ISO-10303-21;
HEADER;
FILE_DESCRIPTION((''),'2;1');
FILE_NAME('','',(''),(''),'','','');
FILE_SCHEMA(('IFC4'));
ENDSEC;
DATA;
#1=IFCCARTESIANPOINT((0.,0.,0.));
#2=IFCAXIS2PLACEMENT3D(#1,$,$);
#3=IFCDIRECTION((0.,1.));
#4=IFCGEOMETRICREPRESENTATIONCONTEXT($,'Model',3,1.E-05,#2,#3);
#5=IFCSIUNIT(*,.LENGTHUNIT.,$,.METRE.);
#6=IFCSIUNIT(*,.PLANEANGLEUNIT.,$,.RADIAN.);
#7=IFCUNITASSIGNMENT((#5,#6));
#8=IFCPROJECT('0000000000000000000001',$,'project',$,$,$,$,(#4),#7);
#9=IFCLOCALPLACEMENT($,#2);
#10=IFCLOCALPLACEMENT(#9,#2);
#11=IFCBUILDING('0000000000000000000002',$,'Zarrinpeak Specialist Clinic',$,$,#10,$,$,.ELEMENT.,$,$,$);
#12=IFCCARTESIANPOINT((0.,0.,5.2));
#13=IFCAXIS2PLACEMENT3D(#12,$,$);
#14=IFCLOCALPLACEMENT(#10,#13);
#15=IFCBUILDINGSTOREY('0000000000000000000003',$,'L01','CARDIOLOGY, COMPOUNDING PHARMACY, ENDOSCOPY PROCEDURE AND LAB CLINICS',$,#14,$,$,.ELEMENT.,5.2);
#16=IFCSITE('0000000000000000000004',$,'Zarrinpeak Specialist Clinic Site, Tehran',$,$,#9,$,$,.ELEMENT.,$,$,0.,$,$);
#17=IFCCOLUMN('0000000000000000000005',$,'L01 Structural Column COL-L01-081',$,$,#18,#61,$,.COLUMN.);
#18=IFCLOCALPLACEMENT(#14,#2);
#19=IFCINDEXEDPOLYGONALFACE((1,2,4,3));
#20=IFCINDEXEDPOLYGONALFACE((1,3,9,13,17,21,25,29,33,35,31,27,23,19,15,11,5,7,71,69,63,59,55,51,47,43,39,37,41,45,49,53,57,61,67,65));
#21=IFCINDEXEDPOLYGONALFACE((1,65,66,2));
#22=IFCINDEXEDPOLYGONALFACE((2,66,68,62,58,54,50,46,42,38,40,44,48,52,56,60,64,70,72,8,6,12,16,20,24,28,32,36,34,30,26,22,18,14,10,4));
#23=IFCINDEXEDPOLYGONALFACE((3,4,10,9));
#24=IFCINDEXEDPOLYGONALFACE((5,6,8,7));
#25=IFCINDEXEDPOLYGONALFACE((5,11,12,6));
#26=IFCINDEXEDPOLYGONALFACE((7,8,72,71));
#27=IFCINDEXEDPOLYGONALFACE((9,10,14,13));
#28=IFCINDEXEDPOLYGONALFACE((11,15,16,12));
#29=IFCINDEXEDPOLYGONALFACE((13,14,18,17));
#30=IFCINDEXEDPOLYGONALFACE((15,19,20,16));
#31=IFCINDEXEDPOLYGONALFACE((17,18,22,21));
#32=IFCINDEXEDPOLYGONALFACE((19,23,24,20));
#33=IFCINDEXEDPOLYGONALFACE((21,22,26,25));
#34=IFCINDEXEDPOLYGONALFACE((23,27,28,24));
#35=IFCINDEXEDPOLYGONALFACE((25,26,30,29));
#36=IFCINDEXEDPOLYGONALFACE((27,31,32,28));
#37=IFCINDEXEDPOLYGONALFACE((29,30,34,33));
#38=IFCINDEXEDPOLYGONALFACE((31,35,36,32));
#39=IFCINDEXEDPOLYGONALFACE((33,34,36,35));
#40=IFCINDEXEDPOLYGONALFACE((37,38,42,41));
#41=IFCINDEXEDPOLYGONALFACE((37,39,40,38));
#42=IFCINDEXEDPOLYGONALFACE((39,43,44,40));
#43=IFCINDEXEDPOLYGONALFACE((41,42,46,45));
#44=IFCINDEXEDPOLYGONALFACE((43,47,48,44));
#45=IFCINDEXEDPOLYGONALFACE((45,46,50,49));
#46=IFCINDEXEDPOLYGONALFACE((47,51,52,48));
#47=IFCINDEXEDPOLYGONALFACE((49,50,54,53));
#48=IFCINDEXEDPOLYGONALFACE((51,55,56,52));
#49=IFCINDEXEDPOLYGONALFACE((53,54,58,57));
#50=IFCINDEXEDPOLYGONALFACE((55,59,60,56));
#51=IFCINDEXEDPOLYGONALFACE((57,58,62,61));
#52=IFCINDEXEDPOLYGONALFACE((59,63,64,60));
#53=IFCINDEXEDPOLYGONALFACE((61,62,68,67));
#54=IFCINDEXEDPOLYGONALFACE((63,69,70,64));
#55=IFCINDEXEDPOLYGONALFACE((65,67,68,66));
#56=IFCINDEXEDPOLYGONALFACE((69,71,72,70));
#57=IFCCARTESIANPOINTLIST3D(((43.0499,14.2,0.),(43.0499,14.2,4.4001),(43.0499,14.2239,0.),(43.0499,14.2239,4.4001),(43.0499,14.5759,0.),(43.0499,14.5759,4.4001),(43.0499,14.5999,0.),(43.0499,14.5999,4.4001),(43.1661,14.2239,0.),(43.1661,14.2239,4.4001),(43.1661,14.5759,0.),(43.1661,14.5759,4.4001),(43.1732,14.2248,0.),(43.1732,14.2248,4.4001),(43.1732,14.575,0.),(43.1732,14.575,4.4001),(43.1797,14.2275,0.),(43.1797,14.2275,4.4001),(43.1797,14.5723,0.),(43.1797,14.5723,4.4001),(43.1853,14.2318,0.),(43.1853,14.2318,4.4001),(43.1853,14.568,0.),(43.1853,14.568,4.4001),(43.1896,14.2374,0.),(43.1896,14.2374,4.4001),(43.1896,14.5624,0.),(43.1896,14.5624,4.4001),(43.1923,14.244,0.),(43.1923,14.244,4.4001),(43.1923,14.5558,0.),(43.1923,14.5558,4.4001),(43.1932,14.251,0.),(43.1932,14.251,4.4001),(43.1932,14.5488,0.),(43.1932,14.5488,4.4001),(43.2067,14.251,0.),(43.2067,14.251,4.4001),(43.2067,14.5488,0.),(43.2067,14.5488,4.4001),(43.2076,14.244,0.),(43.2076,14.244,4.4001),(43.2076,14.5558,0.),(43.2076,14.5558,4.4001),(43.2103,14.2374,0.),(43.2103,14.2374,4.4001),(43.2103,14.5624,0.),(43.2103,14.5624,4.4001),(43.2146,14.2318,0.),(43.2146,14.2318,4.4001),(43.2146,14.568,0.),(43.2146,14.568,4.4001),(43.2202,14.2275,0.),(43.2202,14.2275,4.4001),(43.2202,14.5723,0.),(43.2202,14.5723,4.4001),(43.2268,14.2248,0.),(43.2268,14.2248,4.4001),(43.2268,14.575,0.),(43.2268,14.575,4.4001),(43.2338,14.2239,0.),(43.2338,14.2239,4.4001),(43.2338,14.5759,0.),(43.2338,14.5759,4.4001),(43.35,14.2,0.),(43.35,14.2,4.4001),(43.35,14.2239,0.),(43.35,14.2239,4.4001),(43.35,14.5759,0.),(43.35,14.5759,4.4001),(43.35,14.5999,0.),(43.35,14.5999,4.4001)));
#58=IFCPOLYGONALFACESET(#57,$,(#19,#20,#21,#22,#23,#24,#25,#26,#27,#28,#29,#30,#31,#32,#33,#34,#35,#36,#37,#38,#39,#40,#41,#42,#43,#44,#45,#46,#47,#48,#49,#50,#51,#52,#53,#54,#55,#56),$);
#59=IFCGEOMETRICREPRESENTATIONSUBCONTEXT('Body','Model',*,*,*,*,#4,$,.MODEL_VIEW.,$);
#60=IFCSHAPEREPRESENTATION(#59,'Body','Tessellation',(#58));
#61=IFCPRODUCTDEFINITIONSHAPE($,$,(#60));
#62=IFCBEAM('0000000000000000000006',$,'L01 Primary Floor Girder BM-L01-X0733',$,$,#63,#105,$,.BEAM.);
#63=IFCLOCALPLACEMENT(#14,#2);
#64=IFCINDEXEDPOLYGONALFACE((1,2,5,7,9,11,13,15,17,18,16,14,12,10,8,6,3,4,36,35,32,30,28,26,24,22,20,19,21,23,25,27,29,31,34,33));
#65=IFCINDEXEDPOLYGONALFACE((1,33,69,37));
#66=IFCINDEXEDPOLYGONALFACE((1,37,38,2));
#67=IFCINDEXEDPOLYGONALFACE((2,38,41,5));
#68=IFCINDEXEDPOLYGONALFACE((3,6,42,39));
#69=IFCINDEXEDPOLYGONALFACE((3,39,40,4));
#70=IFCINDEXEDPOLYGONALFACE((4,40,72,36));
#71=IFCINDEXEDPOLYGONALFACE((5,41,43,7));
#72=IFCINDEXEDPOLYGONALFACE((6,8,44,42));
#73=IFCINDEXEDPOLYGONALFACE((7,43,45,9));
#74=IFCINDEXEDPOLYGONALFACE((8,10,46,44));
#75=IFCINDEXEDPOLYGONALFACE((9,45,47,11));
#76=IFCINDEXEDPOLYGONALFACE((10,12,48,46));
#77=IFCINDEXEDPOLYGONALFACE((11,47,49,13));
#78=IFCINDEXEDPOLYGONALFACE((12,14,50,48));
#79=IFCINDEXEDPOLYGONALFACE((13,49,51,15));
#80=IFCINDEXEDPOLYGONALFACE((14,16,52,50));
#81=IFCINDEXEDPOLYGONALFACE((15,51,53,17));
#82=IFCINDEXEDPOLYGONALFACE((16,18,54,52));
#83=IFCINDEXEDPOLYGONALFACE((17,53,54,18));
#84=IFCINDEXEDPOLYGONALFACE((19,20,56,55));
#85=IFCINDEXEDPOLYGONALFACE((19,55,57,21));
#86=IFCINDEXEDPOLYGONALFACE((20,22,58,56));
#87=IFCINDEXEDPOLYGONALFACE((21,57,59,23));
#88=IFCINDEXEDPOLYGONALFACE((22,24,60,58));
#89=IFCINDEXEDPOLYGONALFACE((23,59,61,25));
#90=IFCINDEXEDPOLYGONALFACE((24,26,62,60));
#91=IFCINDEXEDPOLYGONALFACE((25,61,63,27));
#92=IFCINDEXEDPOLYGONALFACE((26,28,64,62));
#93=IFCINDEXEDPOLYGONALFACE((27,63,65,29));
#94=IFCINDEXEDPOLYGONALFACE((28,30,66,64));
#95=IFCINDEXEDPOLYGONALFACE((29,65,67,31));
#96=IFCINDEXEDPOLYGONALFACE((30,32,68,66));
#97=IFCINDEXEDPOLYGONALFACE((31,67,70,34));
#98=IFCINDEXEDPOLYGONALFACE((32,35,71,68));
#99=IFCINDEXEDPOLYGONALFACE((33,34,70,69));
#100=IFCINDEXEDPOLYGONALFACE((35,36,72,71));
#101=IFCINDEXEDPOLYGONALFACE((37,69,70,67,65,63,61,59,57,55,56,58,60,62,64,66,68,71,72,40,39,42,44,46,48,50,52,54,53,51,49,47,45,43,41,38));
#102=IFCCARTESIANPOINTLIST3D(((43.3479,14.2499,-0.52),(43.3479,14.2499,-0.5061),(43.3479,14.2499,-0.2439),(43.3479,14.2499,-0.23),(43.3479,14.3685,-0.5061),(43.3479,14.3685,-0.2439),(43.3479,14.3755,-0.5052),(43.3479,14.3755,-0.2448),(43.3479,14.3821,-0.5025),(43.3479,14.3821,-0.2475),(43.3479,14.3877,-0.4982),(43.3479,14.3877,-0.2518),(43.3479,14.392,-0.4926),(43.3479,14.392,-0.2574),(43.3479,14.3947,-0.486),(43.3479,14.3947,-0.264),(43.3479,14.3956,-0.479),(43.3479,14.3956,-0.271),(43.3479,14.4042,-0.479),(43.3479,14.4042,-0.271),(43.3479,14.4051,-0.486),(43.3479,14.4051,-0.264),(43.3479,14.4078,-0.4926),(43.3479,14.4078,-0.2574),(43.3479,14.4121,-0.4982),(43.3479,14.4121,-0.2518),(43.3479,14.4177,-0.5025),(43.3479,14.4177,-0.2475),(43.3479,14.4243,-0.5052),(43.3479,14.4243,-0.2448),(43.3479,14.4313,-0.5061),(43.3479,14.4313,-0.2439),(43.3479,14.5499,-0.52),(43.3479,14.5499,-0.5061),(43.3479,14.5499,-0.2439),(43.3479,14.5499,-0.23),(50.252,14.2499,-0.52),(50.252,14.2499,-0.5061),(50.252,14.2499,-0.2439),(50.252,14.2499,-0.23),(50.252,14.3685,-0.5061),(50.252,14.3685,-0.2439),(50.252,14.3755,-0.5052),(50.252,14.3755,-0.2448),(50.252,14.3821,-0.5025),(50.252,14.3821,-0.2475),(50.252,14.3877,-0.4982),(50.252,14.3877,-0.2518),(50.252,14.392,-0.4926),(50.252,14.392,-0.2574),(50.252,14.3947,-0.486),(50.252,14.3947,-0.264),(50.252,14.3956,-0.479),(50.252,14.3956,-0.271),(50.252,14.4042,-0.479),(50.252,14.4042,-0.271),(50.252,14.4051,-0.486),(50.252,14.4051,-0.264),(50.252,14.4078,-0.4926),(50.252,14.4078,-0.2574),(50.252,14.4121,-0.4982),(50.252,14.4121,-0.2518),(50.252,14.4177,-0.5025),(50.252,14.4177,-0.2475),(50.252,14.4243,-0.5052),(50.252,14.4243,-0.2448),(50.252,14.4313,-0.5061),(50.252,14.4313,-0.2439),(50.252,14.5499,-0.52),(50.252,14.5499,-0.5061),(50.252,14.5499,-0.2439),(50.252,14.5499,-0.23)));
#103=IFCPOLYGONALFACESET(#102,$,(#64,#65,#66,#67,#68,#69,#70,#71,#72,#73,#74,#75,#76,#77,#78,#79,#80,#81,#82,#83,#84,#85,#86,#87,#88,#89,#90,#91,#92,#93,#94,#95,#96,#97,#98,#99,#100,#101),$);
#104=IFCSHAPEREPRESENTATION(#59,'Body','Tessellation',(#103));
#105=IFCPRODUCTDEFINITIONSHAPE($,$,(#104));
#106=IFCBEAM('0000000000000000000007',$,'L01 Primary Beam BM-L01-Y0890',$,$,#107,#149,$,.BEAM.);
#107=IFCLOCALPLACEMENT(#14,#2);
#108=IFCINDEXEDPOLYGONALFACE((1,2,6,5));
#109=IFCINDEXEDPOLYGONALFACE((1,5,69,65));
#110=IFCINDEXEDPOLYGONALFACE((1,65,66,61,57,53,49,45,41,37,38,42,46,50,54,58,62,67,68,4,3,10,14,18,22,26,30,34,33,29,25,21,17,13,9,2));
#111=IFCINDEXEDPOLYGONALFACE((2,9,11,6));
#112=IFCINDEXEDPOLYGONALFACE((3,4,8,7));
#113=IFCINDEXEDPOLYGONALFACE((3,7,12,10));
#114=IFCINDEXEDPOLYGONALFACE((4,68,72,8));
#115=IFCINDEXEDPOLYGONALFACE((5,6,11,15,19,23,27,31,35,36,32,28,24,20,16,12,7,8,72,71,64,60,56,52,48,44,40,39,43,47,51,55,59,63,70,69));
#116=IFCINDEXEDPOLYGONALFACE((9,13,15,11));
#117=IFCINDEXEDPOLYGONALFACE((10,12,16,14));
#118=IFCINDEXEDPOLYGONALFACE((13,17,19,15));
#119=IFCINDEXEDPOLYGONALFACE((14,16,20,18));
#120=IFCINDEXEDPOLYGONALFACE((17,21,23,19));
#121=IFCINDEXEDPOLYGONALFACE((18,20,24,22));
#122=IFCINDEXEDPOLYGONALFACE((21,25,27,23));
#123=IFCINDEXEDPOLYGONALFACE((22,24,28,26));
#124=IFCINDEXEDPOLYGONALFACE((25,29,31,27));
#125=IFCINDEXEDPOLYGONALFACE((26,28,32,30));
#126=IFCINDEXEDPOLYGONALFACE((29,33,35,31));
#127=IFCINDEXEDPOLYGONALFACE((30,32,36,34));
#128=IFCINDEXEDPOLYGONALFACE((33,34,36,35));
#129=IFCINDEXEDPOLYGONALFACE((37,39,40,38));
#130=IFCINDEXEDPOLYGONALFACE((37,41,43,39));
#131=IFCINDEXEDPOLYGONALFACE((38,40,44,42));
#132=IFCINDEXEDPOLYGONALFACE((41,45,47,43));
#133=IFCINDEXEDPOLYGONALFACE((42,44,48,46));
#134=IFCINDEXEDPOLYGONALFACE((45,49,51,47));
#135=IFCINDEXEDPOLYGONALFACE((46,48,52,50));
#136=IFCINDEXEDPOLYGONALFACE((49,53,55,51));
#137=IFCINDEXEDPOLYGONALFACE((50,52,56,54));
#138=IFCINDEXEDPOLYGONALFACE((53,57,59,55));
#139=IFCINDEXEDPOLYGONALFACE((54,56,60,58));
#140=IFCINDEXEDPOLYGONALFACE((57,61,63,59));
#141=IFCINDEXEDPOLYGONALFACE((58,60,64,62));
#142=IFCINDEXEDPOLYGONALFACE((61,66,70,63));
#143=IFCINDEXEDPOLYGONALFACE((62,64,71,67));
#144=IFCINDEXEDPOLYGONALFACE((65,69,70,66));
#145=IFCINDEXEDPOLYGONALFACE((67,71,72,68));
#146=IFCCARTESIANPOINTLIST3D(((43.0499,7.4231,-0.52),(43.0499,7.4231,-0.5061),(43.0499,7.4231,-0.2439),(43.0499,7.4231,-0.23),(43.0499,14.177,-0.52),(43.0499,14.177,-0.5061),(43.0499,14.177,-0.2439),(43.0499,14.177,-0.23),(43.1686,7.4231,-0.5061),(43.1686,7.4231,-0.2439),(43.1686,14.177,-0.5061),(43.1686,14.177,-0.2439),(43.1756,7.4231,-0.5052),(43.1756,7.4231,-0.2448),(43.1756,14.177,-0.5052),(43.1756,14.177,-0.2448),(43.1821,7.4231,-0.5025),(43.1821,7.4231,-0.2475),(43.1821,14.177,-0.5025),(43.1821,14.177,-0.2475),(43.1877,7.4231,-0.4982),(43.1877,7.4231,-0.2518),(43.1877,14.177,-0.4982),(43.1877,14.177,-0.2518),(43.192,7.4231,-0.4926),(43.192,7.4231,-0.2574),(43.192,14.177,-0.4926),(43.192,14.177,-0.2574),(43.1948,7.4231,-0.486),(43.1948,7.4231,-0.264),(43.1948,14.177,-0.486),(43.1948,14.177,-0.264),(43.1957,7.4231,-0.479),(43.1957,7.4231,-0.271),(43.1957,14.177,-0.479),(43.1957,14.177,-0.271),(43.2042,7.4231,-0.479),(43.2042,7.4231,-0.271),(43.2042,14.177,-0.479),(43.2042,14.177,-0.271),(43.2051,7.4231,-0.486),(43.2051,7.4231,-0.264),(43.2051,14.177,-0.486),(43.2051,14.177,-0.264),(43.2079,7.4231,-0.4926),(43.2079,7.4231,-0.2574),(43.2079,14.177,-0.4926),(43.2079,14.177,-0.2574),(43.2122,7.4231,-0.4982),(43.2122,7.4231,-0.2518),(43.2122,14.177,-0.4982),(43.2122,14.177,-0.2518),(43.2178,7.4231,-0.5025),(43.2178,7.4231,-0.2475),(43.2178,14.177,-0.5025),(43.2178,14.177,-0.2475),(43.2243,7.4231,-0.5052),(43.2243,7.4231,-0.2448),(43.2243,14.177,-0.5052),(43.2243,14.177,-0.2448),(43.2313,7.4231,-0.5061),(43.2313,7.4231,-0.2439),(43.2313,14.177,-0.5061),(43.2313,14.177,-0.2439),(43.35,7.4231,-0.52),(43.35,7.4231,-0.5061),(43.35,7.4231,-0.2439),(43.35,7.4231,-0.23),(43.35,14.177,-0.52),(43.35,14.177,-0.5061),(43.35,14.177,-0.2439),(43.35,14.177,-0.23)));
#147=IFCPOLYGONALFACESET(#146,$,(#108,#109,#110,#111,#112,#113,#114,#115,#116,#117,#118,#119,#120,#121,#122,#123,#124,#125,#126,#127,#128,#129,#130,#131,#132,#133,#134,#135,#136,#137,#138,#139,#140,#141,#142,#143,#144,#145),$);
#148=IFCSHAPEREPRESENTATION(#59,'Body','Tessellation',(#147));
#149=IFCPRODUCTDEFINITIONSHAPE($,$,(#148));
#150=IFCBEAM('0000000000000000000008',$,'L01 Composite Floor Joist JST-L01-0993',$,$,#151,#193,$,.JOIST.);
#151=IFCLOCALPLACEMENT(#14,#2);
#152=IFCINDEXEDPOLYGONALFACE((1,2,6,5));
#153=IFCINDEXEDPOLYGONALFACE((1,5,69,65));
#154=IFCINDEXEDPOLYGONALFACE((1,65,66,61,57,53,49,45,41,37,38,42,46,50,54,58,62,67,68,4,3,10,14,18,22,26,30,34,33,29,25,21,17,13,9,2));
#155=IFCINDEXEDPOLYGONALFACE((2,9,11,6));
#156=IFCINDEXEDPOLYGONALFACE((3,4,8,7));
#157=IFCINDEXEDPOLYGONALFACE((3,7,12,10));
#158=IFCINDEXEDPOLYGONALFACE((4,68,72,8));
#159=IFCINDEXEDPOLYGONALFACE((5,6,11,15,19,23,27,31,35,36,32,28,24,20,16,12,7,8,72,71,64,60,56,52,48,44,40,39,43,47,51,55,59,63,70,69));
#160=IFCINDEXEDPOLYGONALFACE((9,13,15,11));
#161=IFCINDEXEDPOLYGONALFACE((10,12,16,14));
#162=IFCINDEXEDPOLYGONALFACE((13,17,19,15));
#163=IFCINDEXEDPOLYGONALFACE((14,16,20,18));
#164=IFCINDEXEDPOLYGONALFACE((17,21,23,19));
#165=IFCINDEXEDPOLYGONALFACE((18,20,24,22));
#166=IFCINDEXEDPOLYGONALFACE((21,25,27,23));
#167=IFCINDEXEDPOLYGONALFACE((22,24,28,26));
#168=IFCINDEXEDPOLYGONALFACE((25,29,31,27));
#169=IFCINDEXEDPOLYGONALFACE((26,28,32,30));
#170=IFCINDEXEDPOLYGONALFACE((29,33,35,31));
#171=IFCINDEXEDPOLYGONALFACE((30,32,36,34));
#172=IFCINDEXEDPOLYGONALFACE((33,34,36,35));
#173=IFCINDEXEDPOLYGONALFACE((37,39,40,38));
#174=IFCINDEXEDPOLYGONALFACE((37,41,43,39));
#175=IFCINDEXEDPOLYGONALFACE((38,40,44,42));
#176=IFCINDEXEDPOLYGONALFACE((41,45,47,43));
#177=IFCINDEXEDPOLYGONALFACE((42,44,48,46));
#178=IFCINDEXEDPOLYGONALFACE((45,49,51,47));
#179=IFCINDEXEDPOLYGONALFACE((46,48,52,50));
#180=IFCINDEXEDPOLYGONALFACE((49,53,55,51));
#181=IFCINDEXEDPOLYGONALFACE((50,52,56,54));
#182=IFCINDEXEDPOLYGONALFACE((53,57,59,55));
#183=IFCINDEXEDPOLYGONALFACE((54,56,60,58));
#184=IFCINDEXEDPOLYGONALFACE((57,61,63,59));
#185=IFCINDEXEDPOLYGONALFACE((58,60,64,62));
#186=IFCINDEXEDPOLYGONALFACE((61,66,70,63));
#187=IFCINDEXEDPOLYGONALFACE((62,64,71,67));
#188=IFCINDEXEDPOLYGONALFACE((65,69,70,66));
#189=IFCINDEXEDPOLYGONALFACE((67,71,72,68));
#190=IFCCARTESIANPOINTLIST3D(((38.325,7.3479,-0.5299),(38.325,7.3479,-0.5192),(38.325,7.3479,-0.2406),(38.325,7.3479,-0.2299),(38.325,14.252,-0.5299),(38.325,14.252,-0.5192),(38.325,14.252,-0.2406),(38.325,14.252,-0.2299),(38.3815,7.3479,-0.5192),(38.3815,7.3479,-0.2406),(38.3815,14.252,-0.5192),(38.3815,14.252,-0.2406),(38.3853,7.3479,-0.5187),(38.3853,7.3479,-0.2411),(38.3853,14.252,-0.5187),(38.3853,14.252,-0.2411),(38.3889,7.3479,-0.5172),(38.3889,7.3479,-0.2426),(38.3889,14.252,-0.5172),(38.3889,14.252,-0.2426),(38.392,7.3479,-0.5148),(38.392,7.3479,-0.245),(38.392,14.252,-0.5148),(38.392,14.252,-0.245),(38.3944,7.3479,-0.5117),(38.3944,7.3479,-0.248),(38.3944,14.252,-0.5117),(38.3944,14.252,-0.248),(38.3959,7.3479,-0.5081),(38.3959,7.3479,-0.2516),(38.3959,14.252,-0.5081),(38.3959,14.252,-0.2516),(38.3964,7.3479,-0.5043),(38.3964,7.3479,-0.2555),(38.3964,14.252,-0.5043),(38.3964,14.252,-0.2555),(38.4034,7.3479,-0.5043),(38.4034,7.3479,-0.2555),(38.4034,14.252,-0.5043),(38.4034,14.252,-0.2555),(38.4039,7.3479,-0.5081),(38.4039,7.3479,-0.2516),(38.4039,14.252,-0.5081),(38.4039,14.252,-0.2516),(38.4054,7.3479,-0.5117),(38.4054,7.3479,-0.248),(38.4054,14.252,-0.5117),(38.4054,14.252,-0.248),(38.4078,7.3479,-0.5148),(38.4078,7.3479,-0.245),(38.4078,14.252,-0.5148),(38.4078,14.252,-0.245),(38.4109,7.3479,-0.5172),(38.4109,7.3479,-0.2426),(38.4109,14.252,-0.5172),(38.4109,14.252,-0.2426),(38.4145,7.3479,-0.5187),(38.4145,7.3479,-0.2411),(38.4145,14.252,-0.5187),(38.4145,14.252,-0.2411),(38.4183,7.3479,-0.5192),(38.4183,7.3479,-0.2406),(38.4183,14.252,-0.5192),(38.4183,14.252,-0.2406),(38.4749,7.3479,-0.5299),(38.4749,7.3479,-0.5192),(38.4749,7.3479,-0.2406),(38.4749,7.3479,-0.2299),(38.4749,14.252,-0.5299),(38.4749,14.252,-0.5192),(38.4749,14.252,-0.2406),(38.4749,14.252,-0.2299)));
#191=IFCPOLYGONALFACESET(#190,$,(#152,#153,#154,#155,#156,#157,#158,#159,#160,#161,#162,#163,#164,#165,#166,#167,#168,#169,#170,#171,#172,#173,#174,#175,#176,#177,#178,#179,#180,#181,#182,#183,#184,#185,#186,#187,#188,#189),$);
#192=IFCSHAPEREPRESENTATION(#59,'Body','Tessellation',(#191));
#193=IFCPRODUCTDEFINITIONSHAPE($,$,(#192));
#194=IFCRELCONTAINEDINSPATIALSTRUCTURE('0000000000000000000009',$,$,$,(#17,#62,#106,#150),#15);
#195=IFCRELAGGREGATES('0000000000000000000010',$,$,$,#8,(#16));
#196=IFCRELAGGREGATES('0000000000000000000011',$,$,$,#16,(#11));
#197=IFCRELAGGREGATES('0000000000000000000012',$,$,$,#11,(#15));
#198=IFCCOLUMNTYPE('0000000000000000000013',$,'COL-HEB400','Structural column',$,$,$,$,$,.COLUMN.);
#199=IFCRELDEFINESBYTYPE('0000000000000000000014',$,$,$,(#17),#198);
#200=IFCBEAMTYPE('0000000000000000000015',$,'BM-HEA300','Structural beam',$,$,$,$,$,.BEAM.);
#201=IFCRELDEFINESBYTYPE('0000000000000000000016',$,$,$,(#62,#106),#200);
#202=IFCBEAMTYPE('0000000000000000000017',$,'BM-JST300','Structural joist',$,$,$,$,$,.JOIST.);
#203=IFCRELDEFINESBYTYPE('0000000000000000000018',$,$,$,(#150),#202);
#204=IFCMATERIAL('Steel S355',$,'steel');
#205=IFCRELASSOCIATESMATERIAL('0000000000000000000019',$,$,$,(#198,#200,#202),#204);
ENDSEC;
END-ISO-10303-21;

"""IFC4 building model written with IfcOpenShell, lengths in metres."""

from ifc_helpers import new_model, si_unit, direction, frame, origin, origin_2d, place, context, subcontext, project, spatial, i_section, extrude, material, material_profile, profile_set, type_object, element, save


model = new_model("IFC4")

# Units and contexts
model_context = context("Model", 3, precision=1e-05, world=origin(), true_north=direction((0.0, 1.0)))
body_context = subcontext(model_context, "Body", "Model", "MODEL_VIEW")
ifc_project = project(units=[si_unit("LENGTHUNIT", "METRE"), si_unit("PLANEANGLEUNIT", "RADIAN")], contexts=[model_context])

# Site, building, storey
site_placement = place(None, origin())
site = spatial("IfcSite", under=ifc_project, at=site_placement, Name="Zarrinpeak Specialist Clinic Site, Tehran", CompositionType="ELEMENT", RefElevation=0.0)
building_placement = place(site_placement, origin())
building = spatial("IfcBuilding", under=site, at=building_placement, Name="Zarrinpeak Specialist Clinic", CompositionType="ELEMENT")
storey_placement = place(building_placement, frame((0.0, 0.0, 5.2)))
storey = spatial("IfcBuildingStorey", under=building, at=storey_placement, Name="L01", Description="CARDIOLOGY, COMPOUNDING PHARMACY, ENDOSCOPY PROCEDURE AND LAB CLINICS", CompositionType="ELEMENT", Elevation=5.2)

# Column
ifc_material_1 = material(Name="Steel S355", Category="steel")
ifc_material_profile_1 = material_profile(ifc_material_1, i_section(OverallWidth=0.3, OverallDepth=0.3999, WebThickness=0.0134, FlangeThickness=0.0239, FilletRadius=0.0271, at=origin_2d()), Name="HEB 400")
ifc_profile_set_1 = profile_set([ifc_material_profile_1], Name="Steel S355")
column_type = type_object("IfcColumnType", Name="COL-HEB400", Description="Structural column", PredefinedType="COLUMN", material=ifc_profile_set_1)
column_placement = place(storey_placement, frame((43.2, 14.3999, 0.0), z_axis=(0.0, 0.0, 1.0), x_axis=(1.0, 0.0, 0.0)))
element("IfcColumn", 1, at=column_placement, inside=storey, type_object=column_type, Name="L01 Structural Column COL-L01-081", PredefinedType="COLUMN", context=body_context, shape_type="SweptSolid", body=[
    extrude(i_section(OverallWidth=0.3, OverallDepth=0.3999, WebThickness=0.0134, FlangeThickness=0.0239, FilletRadius=0.0271, at=origin_2d()), origin(), (0.0, 0.0, 1.0), 4.4001),
])

# Beams
ifc_material_profile_2 = material_profile(ifc_material_1, i_section(OverallWidth=0.3, OverallDepth=0.29, WebThickness=0.0085, FlangeThickness=0.0139, FilletRadius=0.0271, at=origin_2d()), Name="HEA 300")
ifc_profile_set_2 = profile_set([ifc_material_profile_2], Name="Steel S355")
beam_type_1 = type_object("IfcBeamType", Name="BM-HEA300", Description="Structural beam", PredefinedType="BEAM", material=ifc_profile_set_2)
beam_1_placement = place(storey_placement, frame((43.3479, 14.3999, -0.375), z_axis=(1.0, 0.0, 0.0), x_axis=(0.0, 1.0, 0.0)))
element("IfcBeam", 2, at=beam_1_placement, inside=storey, type_object=beam_type_1, Name="L01 Primary Floor Girder BM-L01-X0733", PredefinedType="BEAM", context=body_context, shape_type="SweptSolid", body=[
    extrude(i_section(OverallWidth=0.3, OverallDepth=0.29, WebThickness=0.0085, FlangeThickness=0.0139, FilletRadius=0.0271, at=origin_2d()), origin(), (0.0, 0.0, 1.0), 6.9041),
])
beam_2_placement = place(storey_placement, frame((43.2, 7.4231, -0.375), z_axis=(0.0, 1.0, 0.0), x_axis=(-1.0, 0.0, 0.0)))
element("IfcBeam", 3, at=beam_2_placement, inside=storey, type_object=beam_type_1, Name="L01 Primary Beam BM-L01-Y0890", PredefinedType="BEAM", context=body_context, shape_type="SweptSolid", body=[
    extrude(i_section(OverallWidth=0.3, OverallDepth=0.29, WebThickness=0.0085, FlangeThickness=0.0139, FilletRadius=0.0271, at=origin_2d()), origin(), (0.0, 0.0, 1.0), 6.7539),
])
ifc_material_profile_3 = material_profile(ifc_material_1, i_section(OverallWidth=0.1499, OverallDepth=0.3, WebThickness=0.0071, FlangeThickness=0.0107, FilletRadius=0.0149, at=origin_2d()), Name="IPE 300")
ifc_profile_set_3 = profile_set([ifc_material_profile_3], Name="Steel S355")
beam_type_2 = type_object("IfcBeamType", Name="BM-JST300", Description="Structural joist", PredefinedType="JOIST", material=ifc_profile_set_3)
for number, where, z_axis, x_axis, name in (
    (4, (38.3999, 7.3479, -0.3799), (0.0, 1.0, 0.0), (-1.0, 0.0, 0.0), "L01 Composite Floor Joist JST-L01-0993"),
):
    element("IfcBeam", number, at=place(storey_placement, frame(where, z_axis=z_axis, x_axis=x_axis)), inside=storey, type_object=beam_type_2, Name=name, PredefinedType="JOIST", context=body_context, shape_type="SweptSolid", body=[
        extrude(i_section(OverallWidth=0.1499, OverallDepth=0.3, WebThickness=0.0071, FlangeThickness=0.0107, FilletRadius=0.0149, at=origin_2d()), origin(), (0.0, 0.0, 1.0), 6.9041),
    ])

save(model, "model.ifc")
